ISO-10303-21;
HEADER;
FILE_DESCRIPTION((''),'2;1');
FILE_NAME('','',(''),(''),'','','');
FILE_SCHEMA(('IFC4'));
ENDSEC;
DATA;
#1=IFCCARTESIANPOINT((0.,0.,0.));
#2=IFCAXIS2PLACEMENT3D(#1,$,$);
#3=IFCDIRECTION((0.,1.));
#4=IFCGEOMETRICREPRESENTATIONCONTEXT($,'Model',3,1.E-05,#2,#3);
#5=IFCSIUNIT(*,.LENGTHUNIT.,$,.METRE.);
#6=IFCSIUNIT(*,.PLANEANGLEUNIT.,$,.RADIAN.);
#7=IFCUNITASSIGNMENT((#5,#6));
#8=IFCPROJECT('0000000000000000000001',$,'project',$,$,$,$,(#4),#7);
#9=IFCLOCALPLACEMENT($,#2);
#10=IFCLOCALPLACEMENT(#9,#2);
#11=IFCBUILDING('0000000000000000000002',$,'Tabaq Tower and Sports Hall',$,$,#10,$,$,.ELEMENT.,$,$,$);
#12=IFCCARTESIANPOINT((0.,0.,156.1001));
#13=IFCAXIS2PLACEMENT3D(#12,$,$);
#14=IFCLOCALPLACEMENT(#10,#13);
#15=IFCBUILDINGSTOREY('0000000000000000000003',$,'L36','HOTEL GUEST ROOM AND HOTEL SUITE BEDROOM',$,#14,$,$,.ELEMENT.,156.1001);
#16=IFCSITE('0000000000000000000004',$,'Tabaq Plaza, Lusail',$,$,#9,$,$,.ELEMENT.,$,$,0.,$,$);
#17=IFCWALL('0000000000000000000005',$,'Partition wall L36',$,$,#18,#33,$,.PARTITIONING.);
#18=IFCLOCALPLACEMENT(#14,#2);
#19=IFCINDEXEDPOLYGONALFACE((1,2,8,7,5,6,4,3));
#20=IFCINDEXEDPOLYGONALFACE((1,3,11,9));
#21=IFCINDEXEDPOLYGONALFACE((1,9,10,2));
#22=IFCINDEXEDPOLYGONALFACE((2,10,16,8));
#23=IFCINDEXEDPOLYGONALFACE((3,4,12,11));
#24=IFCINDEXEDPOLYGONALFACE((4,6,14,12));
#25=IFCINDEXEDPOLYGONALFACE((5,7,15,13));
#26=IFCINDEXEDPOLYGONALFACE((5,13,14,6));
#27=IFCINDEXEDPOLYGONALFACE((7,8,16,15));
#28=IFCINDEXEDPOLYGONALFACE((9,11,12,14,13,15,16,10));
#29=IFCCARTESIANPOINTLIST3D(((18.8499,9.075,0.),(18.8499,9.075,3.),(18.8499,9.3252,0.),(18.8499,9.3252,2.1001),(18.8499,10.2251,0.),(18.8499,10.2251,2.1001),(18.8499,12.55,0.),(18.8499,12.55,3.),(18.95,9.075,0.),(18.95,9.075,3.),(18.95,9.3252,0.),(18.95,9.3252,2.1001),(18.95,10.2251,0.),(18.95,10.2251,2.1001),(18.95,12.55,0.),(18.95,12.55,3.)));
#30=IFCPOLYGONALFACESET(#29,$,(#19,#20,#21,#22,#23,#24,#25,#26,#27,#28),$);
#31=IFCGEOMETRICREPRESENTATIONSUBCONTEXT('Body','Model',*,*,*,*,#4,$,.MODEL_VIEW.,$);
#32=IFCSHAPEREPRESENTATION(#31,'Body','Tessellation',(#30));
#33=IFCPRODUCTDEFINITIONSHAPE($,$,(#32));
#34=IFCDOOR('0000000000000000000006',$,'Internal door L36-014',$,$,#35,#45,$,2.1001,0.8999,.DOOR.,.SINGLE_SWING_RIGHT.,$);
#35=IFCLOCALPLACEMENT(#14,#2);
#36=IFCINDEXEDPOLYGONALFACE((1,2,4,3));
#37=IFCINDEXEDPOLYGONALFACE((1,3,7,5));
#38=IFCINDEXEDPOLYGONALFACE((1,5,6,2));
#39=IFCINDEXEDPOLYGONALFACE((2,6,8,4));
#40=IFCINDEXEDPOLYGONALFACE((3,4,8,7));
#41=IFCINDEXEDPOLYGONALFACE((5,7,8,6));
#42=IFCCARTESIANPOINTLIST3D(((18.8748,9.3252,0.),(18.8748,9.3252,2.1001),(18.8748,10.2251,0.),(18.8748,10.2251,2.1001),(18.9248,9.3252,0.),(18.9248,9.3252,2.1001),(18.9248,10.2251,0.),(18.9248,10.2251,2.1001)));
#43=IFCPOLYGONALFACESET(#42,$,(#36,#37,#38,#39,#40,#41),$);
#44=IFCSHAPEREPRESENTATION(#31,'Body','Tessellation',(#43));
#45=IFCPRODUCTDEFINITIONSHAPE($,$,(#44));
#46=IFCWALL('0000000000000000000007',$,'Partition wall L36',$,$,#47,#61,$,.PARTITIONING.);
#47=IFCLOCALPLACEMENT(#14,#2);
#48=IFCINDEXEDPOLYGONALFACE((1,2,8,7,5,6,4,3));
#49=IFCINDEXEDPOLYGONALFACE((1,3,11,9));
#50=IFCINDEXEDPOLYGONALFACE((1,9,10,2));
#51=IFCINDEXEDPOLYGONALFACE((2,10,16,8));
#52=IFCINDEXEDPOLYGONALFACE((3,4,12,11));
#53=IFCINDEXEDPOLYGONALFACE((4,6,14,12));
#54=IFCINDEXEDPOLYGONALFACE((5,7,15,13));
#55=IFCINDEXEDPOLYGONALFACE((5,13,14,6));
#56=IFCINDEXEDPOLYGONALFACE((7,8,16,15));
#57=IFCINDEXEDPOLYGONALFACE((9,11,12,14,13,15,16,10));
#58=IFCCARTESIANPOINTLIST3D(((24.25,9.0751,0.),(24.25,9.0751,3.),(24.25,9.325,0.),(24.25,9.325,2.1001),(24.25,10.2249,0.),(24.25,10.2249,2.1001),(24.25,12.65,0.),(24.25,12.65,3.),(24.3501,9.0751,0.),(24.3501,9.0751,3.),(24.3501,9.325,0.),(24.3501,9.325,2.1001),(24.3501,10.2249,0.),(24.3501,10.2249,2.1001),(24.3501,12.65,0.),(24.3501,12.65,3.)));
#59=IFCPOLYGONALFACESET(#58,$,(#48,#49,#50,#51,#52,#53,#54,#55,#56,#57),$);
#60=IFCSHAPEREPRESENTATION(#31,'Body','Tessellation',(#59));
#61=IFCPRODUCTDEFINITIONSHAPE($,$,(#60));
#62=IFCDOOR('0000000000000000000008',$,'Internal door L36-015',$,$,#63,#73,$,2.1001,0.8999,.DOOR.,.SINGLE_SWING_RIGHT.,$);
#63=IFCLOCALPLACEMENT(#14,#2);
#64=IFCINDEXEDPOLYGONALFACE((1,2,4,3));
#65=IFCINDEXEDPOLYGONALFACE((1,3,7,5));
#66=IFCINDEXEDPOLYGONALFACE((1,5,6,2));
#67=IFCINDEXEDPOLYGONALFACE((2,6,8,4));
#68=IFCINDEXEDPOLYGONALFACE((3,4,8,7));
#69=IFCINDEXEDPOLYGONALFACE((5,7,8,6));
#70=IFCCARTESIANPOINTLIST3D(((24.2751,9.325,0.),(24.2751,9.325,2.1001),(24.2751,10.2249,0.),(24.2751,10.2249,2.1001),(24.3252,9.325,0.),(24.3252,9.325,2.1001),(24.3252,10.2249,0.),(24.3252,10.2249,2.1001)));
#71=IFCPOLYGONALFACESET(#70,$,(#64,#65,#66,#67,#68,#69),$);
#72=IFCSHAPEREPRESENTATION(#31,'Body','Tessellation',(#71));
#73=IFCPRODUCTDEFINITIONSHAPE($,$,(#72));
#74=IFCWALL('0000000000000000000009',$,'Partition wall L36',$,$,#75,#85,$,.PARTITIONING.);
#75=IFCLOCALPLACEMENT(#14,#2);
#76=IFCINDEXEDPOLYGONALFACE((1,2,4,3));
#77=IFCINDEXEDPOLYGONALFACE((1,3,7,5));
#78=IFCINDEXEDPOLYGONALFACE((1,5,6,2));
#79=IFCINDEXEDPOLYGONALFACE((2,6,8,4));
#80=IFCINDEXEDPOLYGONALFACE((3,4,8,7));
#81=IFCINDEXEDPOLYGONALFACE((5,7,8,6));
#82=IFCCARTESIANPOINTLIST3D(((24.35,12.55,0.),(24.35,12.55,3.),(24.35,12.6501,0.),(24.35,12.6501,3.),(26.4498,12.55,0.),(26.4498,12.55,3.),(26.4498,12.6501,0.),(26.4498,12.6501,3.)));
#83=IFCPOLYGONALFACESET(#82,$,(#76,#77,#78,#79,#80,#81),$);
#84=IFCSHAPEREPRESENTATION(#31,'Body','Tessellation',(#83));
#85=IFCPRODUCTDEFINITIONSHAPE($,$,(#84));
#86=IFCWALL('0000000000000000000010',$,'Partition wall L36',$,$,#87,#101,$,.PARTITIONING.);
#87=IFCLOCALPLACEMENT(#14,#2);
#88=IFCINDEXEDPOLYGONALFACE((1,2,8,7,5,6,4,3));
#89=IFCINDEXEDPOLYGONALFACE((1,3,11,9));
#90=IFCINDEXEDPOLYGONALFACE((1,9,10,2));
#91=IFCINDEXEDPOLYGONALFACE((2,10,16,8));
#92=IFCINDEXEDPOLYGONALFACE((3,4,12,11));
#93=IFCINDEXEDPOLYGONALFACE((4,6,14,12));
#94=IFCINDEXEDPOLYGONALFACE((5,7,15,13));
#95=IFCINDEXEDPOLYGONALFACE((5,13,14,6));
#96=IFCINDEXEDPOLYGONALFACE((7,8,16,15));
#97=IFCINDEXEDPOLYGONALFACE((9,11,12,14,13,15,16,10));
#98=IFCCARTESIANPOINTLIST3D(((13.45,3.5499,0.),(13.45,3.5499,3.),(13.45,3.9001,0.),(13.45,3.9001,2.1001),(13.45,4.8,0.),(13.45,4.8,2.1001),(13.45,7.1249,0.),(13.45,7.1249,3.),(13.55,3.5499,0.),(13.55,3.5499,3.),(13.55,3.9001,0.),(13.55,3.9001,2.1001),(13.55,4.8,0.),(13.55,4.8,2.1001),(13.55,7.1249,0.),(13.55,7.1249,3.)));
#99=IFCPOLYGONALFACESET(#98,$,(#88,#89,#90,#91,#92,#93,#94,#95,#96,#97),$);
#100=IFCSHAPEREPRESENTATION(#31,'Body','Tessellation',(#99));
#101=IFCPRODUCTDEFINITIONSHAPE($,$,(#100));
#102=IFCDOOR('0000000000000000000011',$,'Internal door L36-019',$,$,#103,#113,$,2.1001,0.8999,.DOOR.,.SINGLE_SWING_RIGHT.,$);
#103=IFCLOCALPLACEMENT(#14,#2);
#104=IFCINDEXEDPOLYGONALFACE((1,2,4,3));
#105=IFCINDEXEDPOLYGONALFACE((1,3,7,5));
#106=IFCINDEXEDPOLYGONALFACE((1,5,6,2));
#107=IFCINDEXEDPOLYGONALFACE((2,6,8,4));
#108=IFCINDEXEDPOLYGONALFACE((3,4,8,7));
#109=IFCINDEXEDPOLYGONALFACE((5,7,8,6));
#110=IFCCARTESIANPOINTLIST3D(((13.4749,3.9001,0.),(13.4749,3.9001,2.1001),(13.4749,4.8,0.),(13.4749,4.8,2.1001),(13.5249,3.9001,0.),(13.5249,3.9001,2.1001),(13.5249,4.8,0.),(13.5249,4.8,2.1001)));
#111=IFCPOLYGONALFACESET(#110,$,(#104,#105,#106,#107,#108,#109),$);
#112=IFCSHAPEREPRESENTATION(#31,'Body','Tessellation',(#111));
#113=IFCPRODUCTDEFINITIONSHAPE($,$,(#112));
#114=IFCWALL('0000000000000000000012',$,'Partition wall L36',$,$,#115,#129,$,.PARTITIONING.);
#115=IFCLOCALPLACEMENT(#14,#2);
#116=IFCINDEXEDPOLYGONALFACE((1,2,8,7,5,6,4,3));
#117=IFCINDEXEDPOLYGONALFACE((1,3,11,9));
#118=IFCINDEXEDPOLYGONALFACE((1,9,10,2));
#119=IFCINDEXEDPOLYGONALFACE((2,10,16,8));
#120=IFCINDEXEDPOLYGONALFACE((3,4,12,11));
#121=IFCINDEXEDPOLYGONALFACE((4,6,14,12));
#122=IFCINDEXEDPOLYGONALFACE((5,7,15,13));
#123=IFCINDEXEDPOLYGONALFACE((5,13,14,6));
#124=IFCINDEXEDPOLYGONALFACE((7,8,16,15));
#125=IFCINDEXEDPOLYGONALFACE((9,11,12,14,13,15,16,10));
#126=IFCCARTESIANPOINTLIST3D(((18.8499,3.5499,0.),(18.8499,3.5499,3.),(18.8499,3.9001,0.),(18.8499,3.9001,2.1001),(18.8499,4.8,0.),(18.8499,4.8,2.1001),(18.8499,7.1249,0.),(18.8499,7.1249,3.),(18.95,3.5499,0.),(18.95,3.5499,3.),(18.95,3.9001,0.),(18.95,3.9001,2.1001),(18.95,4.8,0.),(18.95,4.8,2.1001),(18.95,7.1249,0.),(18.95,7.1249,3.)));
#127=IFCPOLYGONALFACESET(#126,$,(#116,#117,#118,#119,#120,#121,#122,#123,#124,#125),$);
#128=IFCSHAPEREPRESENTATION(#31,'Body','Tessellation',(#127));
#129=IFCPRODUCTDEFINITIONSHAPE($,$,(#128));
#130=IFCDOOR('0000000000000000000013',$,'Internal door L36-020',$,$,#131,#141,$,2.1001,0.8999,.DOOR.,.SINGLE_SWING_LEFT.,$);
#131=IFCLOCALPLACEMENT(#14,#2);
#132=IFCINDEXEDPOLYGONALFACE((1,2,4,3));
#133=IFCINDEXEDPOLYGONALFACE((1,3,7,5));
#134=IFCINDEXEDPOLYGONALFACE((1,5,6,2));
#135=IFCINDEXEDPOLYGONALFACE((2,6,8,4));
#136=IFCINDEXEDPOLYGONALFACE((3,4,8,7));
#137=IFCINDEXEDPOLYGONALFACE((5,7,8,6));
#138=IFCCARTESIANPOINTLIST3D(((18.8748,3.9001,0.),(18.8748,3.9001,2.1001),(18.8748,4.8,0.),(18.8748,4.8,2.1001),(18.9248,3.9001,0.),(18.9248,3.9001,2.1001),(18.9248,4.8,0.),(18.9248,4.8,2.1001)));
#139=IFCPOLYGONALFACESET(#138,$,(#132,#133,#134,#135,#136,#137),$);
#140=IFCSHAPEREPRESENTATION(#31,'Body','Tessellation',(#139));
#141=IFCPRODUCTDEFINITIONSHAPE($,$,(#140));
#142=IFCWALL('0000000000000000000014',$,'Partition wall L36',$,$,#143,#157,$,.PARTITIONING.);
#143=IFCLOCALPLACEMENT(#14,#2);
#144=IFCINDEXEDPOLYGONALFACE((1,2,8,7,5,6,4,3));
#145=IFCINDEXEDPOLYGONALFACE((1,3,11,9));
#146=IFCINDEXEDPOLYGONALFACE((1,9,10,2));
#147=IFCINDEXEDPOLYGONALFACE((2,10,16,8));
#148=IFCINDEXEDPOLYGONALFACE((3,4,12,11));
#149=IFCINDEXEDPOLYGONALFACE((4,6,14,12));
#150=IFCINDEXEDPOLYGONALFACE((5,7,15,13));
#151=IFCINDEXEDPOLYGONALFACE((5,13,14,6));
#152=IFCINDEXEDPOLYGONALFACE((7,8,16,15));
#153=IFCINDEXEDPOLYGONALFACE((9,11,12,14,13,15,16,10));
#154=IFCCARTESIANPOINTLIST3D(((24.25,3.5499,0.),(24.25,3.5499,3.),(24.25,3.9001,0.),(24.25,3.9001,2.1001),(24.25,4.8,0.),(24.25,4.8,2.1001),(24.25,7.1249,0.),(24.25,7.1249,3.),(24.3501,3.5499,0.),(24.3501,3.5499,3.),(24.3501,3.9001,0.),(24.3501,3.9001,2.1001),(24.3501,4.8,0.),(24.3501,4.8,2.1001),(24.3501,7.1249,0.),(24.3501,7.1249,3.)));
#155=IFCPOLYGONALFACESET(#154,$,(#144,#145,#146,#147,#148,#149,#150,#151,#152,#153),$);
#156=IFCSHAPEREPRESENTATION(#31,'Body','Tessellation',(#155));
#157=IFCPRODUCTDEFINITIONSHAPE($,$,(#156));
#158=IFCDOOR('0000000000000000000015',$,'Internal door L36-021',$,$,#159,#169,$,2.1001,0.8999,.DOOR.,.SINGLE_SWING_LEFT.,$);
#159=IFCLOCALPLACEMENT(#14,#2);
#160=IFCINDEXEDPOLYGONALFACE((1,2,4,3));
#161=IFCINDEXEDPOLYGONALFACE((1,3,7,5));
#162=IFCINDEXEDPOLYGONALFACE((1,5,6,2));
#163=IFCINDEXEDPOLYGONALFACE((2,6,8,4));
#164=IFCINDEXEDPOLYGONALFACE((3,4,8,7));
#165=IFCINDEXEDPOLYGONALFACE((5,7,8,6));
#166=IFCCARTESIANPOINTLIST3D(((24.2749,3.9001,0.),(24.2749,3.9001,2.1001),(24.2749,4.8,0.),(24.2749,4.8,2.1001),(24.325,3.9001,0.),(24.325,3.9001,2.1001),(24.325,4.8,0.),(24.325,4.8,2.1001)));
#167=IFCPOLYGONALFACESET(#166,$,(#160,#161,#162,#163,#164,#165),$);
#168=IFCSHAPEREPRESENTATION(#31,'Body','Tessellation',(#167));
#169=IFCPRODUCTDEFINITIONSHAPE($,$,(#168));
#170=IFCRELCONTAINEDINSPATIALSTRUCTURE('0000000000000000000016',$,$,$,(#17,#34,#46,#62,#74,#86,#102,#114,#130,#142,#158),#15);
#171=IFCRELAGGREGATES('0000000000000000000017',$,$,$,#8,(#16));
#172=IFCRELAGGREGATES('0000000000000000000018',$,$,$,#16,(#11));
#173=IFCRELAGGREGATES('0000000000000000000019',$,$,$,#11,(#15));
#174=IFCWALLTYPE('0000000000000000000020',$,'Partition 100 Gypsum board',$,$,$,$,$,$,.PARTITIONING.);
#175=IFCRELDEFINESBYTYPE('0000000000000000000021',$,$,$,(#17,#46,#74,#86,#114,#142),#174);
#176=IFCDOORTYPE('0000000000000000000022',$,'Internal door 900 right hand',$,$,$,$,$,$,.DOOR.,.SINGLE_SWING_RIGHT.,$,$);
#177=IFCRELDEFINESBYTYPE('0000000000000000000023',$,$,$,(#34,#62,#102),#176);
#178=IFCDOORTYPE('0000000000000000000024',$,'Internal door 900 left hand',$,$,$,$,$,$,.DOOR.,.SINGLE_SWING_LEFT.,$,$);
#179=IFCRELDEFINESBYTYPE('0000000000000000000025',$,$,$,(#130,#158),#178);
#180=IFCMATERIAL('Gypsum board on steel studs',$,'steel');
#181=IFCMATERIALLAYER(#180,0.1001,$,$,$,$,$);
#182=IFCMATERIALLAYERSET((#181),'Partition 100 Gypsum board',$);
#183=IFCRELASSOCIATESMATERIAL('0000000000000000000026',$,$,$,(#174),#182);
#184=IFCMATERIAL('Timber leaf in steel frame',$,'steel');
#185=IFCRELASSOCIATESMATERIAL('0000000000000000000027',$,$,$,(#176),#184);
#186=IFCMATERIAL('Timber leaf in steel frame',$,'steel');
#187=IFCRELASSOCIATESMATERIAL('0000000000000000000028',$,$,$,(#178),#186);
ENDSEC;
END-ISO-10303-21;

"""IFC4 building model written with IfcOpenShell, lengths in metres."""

from ifc_helpers import new_model, si_unit, direction, frame, frame_2d, origin, place, context, subcontext, project, spatial, rectangle, extrude, material, layer, layer_set, type_object, element, fill, save


model = new_model("IFC4")

# Units and contexts
model_context = context("Model", 3, precision=1e-05, world=origin(), true_north=direction((0.0, 1.0)))
body_context = subcontext(model_context, "Body", "Model", "MODEL_VIEW")
ifc_project = project(units=[si_unit("LENGTHUNIT", "METRE"), si_unit("PLANEANGLEUNIT", "RADIAN")], contexts=[model_context])

# Site, building, storey
site_placement = place(None, origin())
site = spatial("IfcSite", under=ifc_project, at=site_placement, Name="Tabaq Plaza, Lusail", CompositionType="ELEMENT", RefElevation=0.0)
building_placement = place(site_placement, origin())
building = spatial("IfcBuilding", under=site, at=building_placement, Name="Tabaq Tower and Sports Hall", CompositionType="ELEMENT")
storey_placement = place(building_placement, frame((0.0, 0.0, 156.1001)))
storey = spatial("IfcBuildingStorey", under=building, at=storey_placement, Name="L36", Description="HOTEL GUEST ROOM AND HOTEL SUITE BEDROOM", CompositionType="ELEMENT", Elevation=156.1001)

# Shared definitions
ifc_material_1 = material(Name="Gypsum board on steel studs", Category="steel")
ifc_layer_1 = layer(ifc_material_1, 0.1001)
ifc_layer_set_1 = layer_set([ifc_layer_1], Name="Partition 100 Gypsum board")
wall_type_1 = type_object("IfcWallType", Name="Partition 100 Gypsum board", PredefinedType="PARTITIONING", material=ifc_layer_set_1)

# Walls, openings, doors
wall_1_placement = place(storey_placement, frame((18.8999, 12.55, 0.0), z_axis=(0.0, 0.0, 1.0), x_axis=(0.0, -1.0, 0.0)))
wall_1 = element("IfcWall", 1, at=wall_1_placement, inside=storey, type_object=wall_type_1, Name="Partition wall L36", PredefinedType="PARTITIONING", context=body_context, shape_type="SweptSolid", body=[
    extrude(rectangle(XDim=3.4751, YDim=0.1001, at=frame_2d((1.7375, 0.0))), origin(), (0.0, 0.0, 1.0), 3.0),
])
opening_1_placement = place(wall_1_placement, frame((2.325, 0.0, 0.0)))
opening_1 = element("IfcOpeningElement", 2, at=opening_1_placement, cuts=wall_1, PredefinedType="OPENING", context=body_context, shape_type="SweptSolid", body=[
    extrude(rectangle(XDim=0.8999, YDim=2.1001, at=frame_2d((0.45, 1.05))), frame((0.0, 0.05, 0.0), z_axis=(0.0, -1.0, 0.0), x_axis=(1.0, 0.0, 0.0)), (0.0, 0.0, 1.0), 0.1001),
])
ifc_material_2 = material(Name="Timber leaf in steel frame", Category="steel")
door_type_1 = type_object("IfcDoorType", Name="Internal door 900 right hand", OperationType="SINGLE_SWING_RIGHT", PredefinedType="DOOR", material=ifc_material_2)
door_1_placement = place(opening_1_placement, origin())
door_1 = element("IfcDoor", 3, at=door_1_placement, inside=storey, type_object=door_type_1, Name="Internal door L36-014", OperationType="SINGLE_SWING_RIGHT", OverallHeight=2.1001, OverallWidth=0.8999, PredefinedType="DOOR", context=body_context, shape_type="SweptSolid", body=[
    extrude(rectangle(XDim=0.8999, YDim=2.1001, at=frame_2d((0.45, 1.05))), frame((0.0, 0.0249, 0.0), z_axis=(0.0, -1.0, 0.0), x_axis=(1.0, 0.0, 0.0)), (0.0, 0.0, 1.0), 0.05),
])
fill(opening_1, door_1)
wall_2_placement = place(storey_placement, frame((24.3, 9.075, 0.0), z_axis=(0.0, 0.0, 1.0), x_axis=(0.0, 1.0, 0.0)))
wall_2 = element("IfcWall", 4, at=wall_2_placement, inside=storey, type_object=wall_type_1, Name="Partition wall L36", PredefinedType="PARTITIONING", context=body_context, shape_type="SweptSolid", body=[
    extrude(rectangle(XDim=3.575, YDim=0.1001, at=frame_2d((1.7876, 0.0))), origin(), (0.0, 0.0, 1.0), 3.0),
])
opening_2_placement = place(wall_2_placement, frame((0.25, 0.0, 0.0)))
opening_2 = element("IfcOpeningElement", 5, at=opening_2_placement, cuts=wall_2, PredefinedType="OPENING", context=body_context, shape_type="SweptSolid", body=[
    extrude(rectangle(XDim=0.8999, YDim=2.1001, at=frame_2d((0.45, 1.05))), frame((0.0, 0.05, 0.0), z_axis=(0.0, -1.0, 0.0), x_axis=(1.0, 0.0, 0.0)), (0.0, 0.0, 1.0), 0.1001),
])
door_2_placement = place(opening_2_placement, origin())
door_2 = element("IfcDoor", 6, at=door_2_placement, inside=storey, type_object=door_type_1, Name="Internal door L36-015", OperationType="SINGLE_SWING_RIGHT", OverallHeight=2.1001, OverallWidth=0.8999, PredefinedType="DOOR", context=body_context, shape_type="SweptSolid", body=[
    extrude(rectangle(XDim=0.8999, YDim=2.1001, at=frame_2d((0.45, 1.05))), frame((0.0, 0.0249, 0.0), z_axis=(0.0, -1.0, 0.0), x_axis=(1.0, 0.0, 0.0)), (0.0, 0.0, 1.0), 0.05),
])
fill(opening_2, door_2)

# Wall
wall_3_placement = place(storey_placement, frame((24.3501, 12.6001, 0.0), z_axis=(0.0, 0.0, 1.0), x_axis=(1.0, 0.0, 0.0)))
element("IfcWall", 7, at=wall_3_placement, inside=storey, type_object=wall_type_1, Name="Partition wall L36", PredefinedType="PARTITIONING", context=body_context, shape_type="SweptSolid", body=[
    extrude(rectangle(XDim=2.0999, YDim=0.1001, at=frame_2d((1.0498, 0.0))), origin(), (0.0, 0.0, 1.0), 3.0),
])

# Walls, openings, doors
wall_4_placement = place(storey_placement, frame((13.5, 7.125, 0.0), z_axis=(0.0, 0.0, 1.0), x_axis=(0.0, -1.0, 0.0)))
wall_4 = element("IfcWall", 8, at=wall_4_placement, inside=storey, type_object=wall_type_1, Name="Partition wall L36", PredefinedType="PARTITIONING", context=body_context, shape_type="SweptSolid", body=[
    extrude(rectangle(XDim=3.575, YDim=0.1001, at=frame_2d((1.7876, 0.0))), origin(), (0.0, 0.0, 1.0), 3.0),
])
opening_3_placement = place(wall_4_placement, frame((2.325, 0.0, 0.0)))
opening_3 = element("IfcOpeningElement", 9, at=opening_3_placement, cuts=wall_4, PredefinedType="OPENING", context=body_context, shape_type="SweptSolid", body=[
    extrude(rectangle(XDim=0.8999, YDim=2.1001, at=frame_2d((0.45, 1.05))), frame((0.0, 0.05, 0.0), z_axis=(0.0, -1.0, 0.0), x_axis=(1.0, 0.0, 0.0)), (0.0, 0.0, 1.0), 0.1001),
])
door_3_placement = place(opening_3_placement, origin())
door_3 = element("IfcDoor", 10, at=door_3_placement, inside=storey, type_object=door_type_1, Name="Internal door L36-019", OperationType="SINGLE_SWING_RIGHT", OverallHeight=2.1001, OverallWidth=0.8999, PredefinedType="DOOR", context=body_context, shape_type="SweptSolid", body=[
    extrude(rectangle(XDim=0.8999, YDim=2.1001, at=frame_2d((0.45, 1.05))), frame((0.0, 0.0249, 0.0), z_axis=(0.0, -1.0, 0.0), x_axis=(1.0, 0.0, 0.0)), (0.0, 0.0, 1.0), 0.05),
])
fill(opening_3, door_3)
wall_5_placement = place(storey_placement, frame((18.8999, 7.125, 0.0), z_axis=(0.0, 0.0, 1.0), x_axis=(0.0, -1.0, 0.0)))
wall_5 = element("IfcWall", 11, at=wall_5_placement, inside=storey, type_object=wall_type_1, Name="Partition wall L36", PredefinedType="PARTITIONING", context=body_context, shape_type="SweptSolid", body=[
    extrude(rectangle(XDim=3.575, YDim=0.1001, at=frame_2d((1.7876, 0.0))), origin(), (0.0, 0.0, 1.0), 3.0),
])
opening_4_placement = place(wall_5_placement, frame((2.325, 0.0, 0.0)))
opening_4 = element("IfcOpeningElement", 12, at=opening_4_placement, cuts=wall_5, PredefinedType="OPENING", context=body_context, shape_type="SweptSolid", body=[
    extrude(rectangle(XDim=0.8999, YDim=2.1001, at=frame_2d((0.45, 1.05))), frame((0.0, 0.05, 0.0), z_axis=(0.0, -1.0, 0.0), x_axis=(1.0, 0.0, 0.0)), (0.0, 0.0, 1.0), 0.1001),
])
ifc_material_3 = material(Name="Timber leaf in steel frame", Category="steel")
door_type_2 = type_object("IfcDoorType", Name="Internal door 900 left hand", OperationType="SINGLE_SWING_LEFT", PredefinedType="DOOR", material=ifc_material_3)
door_4_placement = place(opening_4_placement, origin())
door_4 = element("IfcDoor", 13, at=door_4_placement, inside=storey, type_object=door_type_2, Name="Internal door L36-020", OperationType="SINGLE_SWING_LEFT", OverallHeight=2.1001, OverallWidth=0.8999, PredefinedType="DOOR", context=body_context, shape_type="SweptSolid", body=[
    extrude(rectangle(XDim=0.8999, YDim=2.1001, at=frame_2d((0.45, 1.05))), frame((0.0, 0.0249, 0.0), z_axis=(0.0, -1.0, 0.0), x_axis=(1.0, 0.0, 0.0)), (0.0, 0.0, 1.0), 0.05),
])
fill(opening_4, door_4)
wall_6_placement = place(storey_placement, frame((24.3, 7.125, 0.0), z_axis=(0.0, 0.0, 1.0), x_axis=(0.0, -1.0, 0.0)))
wall_6 = element("IfcWall", 14, at=wall_6_placement, inside=storey, type_object=wall_type_1, Name="Partition wall L36", PredefinedType="PARTITIONING", context=body_context, shape_type="SweptSolid", body=[
    extrude(rectangle(XDim=3.575, YDim=0.1001, at=frame_2d((1.7876, 0.0))), origin(), (0.0, 0.0, 1.0), 3.0),
])
opening_5_placement = place(wall_6_placement, frame((2.325, 0.0, 0.0)))
opening_5 = element("IfcOpeningElement", 15, at=opening_5_placement, cuts=wall_6, PredefinedType="OPENING", context=body_context, shape_type="SweptSolid", body=[
    extrude(rectangle(XDim=0.8999, YDim=2.1001, at=frame_2d((0.45, 1.05))), frame((0.0, 0.05, 0.0), z_axis=(0.0, -1.0, 0.0), x_axis=(1.0, 0.0, 0.0)), (0.0, 0.0, 1.0), 0.1001),
])
door_5_placement = place(opening_5_placement, origin())
door_5 = element("IfcDoor", 16, at=door_5_placement, inside=storey, type_object=door_type_2, Name="Internal door L36-021", OperationType="SINGLE_SWING_LEFT", OverallHeight=2.1001, OverallWidth=0.8999, PredefinedType="DOOR", context=body_context, shape_type="SweptSolid", body=[
    extrude(rectangle(XDim=0.8999, YDim=2.1001, at=frame_2d((0.45, 1.05))), frame((0.0, 0.0249, 0.0), z_axis=(0.0, -1.0, 0.0), x_axis=(1.0, 0.0, 0.0)), (0.0, 0.0, 1.0), 0.05),
])
fill(opening_5, door_5)

save(model, "model.ifc")
